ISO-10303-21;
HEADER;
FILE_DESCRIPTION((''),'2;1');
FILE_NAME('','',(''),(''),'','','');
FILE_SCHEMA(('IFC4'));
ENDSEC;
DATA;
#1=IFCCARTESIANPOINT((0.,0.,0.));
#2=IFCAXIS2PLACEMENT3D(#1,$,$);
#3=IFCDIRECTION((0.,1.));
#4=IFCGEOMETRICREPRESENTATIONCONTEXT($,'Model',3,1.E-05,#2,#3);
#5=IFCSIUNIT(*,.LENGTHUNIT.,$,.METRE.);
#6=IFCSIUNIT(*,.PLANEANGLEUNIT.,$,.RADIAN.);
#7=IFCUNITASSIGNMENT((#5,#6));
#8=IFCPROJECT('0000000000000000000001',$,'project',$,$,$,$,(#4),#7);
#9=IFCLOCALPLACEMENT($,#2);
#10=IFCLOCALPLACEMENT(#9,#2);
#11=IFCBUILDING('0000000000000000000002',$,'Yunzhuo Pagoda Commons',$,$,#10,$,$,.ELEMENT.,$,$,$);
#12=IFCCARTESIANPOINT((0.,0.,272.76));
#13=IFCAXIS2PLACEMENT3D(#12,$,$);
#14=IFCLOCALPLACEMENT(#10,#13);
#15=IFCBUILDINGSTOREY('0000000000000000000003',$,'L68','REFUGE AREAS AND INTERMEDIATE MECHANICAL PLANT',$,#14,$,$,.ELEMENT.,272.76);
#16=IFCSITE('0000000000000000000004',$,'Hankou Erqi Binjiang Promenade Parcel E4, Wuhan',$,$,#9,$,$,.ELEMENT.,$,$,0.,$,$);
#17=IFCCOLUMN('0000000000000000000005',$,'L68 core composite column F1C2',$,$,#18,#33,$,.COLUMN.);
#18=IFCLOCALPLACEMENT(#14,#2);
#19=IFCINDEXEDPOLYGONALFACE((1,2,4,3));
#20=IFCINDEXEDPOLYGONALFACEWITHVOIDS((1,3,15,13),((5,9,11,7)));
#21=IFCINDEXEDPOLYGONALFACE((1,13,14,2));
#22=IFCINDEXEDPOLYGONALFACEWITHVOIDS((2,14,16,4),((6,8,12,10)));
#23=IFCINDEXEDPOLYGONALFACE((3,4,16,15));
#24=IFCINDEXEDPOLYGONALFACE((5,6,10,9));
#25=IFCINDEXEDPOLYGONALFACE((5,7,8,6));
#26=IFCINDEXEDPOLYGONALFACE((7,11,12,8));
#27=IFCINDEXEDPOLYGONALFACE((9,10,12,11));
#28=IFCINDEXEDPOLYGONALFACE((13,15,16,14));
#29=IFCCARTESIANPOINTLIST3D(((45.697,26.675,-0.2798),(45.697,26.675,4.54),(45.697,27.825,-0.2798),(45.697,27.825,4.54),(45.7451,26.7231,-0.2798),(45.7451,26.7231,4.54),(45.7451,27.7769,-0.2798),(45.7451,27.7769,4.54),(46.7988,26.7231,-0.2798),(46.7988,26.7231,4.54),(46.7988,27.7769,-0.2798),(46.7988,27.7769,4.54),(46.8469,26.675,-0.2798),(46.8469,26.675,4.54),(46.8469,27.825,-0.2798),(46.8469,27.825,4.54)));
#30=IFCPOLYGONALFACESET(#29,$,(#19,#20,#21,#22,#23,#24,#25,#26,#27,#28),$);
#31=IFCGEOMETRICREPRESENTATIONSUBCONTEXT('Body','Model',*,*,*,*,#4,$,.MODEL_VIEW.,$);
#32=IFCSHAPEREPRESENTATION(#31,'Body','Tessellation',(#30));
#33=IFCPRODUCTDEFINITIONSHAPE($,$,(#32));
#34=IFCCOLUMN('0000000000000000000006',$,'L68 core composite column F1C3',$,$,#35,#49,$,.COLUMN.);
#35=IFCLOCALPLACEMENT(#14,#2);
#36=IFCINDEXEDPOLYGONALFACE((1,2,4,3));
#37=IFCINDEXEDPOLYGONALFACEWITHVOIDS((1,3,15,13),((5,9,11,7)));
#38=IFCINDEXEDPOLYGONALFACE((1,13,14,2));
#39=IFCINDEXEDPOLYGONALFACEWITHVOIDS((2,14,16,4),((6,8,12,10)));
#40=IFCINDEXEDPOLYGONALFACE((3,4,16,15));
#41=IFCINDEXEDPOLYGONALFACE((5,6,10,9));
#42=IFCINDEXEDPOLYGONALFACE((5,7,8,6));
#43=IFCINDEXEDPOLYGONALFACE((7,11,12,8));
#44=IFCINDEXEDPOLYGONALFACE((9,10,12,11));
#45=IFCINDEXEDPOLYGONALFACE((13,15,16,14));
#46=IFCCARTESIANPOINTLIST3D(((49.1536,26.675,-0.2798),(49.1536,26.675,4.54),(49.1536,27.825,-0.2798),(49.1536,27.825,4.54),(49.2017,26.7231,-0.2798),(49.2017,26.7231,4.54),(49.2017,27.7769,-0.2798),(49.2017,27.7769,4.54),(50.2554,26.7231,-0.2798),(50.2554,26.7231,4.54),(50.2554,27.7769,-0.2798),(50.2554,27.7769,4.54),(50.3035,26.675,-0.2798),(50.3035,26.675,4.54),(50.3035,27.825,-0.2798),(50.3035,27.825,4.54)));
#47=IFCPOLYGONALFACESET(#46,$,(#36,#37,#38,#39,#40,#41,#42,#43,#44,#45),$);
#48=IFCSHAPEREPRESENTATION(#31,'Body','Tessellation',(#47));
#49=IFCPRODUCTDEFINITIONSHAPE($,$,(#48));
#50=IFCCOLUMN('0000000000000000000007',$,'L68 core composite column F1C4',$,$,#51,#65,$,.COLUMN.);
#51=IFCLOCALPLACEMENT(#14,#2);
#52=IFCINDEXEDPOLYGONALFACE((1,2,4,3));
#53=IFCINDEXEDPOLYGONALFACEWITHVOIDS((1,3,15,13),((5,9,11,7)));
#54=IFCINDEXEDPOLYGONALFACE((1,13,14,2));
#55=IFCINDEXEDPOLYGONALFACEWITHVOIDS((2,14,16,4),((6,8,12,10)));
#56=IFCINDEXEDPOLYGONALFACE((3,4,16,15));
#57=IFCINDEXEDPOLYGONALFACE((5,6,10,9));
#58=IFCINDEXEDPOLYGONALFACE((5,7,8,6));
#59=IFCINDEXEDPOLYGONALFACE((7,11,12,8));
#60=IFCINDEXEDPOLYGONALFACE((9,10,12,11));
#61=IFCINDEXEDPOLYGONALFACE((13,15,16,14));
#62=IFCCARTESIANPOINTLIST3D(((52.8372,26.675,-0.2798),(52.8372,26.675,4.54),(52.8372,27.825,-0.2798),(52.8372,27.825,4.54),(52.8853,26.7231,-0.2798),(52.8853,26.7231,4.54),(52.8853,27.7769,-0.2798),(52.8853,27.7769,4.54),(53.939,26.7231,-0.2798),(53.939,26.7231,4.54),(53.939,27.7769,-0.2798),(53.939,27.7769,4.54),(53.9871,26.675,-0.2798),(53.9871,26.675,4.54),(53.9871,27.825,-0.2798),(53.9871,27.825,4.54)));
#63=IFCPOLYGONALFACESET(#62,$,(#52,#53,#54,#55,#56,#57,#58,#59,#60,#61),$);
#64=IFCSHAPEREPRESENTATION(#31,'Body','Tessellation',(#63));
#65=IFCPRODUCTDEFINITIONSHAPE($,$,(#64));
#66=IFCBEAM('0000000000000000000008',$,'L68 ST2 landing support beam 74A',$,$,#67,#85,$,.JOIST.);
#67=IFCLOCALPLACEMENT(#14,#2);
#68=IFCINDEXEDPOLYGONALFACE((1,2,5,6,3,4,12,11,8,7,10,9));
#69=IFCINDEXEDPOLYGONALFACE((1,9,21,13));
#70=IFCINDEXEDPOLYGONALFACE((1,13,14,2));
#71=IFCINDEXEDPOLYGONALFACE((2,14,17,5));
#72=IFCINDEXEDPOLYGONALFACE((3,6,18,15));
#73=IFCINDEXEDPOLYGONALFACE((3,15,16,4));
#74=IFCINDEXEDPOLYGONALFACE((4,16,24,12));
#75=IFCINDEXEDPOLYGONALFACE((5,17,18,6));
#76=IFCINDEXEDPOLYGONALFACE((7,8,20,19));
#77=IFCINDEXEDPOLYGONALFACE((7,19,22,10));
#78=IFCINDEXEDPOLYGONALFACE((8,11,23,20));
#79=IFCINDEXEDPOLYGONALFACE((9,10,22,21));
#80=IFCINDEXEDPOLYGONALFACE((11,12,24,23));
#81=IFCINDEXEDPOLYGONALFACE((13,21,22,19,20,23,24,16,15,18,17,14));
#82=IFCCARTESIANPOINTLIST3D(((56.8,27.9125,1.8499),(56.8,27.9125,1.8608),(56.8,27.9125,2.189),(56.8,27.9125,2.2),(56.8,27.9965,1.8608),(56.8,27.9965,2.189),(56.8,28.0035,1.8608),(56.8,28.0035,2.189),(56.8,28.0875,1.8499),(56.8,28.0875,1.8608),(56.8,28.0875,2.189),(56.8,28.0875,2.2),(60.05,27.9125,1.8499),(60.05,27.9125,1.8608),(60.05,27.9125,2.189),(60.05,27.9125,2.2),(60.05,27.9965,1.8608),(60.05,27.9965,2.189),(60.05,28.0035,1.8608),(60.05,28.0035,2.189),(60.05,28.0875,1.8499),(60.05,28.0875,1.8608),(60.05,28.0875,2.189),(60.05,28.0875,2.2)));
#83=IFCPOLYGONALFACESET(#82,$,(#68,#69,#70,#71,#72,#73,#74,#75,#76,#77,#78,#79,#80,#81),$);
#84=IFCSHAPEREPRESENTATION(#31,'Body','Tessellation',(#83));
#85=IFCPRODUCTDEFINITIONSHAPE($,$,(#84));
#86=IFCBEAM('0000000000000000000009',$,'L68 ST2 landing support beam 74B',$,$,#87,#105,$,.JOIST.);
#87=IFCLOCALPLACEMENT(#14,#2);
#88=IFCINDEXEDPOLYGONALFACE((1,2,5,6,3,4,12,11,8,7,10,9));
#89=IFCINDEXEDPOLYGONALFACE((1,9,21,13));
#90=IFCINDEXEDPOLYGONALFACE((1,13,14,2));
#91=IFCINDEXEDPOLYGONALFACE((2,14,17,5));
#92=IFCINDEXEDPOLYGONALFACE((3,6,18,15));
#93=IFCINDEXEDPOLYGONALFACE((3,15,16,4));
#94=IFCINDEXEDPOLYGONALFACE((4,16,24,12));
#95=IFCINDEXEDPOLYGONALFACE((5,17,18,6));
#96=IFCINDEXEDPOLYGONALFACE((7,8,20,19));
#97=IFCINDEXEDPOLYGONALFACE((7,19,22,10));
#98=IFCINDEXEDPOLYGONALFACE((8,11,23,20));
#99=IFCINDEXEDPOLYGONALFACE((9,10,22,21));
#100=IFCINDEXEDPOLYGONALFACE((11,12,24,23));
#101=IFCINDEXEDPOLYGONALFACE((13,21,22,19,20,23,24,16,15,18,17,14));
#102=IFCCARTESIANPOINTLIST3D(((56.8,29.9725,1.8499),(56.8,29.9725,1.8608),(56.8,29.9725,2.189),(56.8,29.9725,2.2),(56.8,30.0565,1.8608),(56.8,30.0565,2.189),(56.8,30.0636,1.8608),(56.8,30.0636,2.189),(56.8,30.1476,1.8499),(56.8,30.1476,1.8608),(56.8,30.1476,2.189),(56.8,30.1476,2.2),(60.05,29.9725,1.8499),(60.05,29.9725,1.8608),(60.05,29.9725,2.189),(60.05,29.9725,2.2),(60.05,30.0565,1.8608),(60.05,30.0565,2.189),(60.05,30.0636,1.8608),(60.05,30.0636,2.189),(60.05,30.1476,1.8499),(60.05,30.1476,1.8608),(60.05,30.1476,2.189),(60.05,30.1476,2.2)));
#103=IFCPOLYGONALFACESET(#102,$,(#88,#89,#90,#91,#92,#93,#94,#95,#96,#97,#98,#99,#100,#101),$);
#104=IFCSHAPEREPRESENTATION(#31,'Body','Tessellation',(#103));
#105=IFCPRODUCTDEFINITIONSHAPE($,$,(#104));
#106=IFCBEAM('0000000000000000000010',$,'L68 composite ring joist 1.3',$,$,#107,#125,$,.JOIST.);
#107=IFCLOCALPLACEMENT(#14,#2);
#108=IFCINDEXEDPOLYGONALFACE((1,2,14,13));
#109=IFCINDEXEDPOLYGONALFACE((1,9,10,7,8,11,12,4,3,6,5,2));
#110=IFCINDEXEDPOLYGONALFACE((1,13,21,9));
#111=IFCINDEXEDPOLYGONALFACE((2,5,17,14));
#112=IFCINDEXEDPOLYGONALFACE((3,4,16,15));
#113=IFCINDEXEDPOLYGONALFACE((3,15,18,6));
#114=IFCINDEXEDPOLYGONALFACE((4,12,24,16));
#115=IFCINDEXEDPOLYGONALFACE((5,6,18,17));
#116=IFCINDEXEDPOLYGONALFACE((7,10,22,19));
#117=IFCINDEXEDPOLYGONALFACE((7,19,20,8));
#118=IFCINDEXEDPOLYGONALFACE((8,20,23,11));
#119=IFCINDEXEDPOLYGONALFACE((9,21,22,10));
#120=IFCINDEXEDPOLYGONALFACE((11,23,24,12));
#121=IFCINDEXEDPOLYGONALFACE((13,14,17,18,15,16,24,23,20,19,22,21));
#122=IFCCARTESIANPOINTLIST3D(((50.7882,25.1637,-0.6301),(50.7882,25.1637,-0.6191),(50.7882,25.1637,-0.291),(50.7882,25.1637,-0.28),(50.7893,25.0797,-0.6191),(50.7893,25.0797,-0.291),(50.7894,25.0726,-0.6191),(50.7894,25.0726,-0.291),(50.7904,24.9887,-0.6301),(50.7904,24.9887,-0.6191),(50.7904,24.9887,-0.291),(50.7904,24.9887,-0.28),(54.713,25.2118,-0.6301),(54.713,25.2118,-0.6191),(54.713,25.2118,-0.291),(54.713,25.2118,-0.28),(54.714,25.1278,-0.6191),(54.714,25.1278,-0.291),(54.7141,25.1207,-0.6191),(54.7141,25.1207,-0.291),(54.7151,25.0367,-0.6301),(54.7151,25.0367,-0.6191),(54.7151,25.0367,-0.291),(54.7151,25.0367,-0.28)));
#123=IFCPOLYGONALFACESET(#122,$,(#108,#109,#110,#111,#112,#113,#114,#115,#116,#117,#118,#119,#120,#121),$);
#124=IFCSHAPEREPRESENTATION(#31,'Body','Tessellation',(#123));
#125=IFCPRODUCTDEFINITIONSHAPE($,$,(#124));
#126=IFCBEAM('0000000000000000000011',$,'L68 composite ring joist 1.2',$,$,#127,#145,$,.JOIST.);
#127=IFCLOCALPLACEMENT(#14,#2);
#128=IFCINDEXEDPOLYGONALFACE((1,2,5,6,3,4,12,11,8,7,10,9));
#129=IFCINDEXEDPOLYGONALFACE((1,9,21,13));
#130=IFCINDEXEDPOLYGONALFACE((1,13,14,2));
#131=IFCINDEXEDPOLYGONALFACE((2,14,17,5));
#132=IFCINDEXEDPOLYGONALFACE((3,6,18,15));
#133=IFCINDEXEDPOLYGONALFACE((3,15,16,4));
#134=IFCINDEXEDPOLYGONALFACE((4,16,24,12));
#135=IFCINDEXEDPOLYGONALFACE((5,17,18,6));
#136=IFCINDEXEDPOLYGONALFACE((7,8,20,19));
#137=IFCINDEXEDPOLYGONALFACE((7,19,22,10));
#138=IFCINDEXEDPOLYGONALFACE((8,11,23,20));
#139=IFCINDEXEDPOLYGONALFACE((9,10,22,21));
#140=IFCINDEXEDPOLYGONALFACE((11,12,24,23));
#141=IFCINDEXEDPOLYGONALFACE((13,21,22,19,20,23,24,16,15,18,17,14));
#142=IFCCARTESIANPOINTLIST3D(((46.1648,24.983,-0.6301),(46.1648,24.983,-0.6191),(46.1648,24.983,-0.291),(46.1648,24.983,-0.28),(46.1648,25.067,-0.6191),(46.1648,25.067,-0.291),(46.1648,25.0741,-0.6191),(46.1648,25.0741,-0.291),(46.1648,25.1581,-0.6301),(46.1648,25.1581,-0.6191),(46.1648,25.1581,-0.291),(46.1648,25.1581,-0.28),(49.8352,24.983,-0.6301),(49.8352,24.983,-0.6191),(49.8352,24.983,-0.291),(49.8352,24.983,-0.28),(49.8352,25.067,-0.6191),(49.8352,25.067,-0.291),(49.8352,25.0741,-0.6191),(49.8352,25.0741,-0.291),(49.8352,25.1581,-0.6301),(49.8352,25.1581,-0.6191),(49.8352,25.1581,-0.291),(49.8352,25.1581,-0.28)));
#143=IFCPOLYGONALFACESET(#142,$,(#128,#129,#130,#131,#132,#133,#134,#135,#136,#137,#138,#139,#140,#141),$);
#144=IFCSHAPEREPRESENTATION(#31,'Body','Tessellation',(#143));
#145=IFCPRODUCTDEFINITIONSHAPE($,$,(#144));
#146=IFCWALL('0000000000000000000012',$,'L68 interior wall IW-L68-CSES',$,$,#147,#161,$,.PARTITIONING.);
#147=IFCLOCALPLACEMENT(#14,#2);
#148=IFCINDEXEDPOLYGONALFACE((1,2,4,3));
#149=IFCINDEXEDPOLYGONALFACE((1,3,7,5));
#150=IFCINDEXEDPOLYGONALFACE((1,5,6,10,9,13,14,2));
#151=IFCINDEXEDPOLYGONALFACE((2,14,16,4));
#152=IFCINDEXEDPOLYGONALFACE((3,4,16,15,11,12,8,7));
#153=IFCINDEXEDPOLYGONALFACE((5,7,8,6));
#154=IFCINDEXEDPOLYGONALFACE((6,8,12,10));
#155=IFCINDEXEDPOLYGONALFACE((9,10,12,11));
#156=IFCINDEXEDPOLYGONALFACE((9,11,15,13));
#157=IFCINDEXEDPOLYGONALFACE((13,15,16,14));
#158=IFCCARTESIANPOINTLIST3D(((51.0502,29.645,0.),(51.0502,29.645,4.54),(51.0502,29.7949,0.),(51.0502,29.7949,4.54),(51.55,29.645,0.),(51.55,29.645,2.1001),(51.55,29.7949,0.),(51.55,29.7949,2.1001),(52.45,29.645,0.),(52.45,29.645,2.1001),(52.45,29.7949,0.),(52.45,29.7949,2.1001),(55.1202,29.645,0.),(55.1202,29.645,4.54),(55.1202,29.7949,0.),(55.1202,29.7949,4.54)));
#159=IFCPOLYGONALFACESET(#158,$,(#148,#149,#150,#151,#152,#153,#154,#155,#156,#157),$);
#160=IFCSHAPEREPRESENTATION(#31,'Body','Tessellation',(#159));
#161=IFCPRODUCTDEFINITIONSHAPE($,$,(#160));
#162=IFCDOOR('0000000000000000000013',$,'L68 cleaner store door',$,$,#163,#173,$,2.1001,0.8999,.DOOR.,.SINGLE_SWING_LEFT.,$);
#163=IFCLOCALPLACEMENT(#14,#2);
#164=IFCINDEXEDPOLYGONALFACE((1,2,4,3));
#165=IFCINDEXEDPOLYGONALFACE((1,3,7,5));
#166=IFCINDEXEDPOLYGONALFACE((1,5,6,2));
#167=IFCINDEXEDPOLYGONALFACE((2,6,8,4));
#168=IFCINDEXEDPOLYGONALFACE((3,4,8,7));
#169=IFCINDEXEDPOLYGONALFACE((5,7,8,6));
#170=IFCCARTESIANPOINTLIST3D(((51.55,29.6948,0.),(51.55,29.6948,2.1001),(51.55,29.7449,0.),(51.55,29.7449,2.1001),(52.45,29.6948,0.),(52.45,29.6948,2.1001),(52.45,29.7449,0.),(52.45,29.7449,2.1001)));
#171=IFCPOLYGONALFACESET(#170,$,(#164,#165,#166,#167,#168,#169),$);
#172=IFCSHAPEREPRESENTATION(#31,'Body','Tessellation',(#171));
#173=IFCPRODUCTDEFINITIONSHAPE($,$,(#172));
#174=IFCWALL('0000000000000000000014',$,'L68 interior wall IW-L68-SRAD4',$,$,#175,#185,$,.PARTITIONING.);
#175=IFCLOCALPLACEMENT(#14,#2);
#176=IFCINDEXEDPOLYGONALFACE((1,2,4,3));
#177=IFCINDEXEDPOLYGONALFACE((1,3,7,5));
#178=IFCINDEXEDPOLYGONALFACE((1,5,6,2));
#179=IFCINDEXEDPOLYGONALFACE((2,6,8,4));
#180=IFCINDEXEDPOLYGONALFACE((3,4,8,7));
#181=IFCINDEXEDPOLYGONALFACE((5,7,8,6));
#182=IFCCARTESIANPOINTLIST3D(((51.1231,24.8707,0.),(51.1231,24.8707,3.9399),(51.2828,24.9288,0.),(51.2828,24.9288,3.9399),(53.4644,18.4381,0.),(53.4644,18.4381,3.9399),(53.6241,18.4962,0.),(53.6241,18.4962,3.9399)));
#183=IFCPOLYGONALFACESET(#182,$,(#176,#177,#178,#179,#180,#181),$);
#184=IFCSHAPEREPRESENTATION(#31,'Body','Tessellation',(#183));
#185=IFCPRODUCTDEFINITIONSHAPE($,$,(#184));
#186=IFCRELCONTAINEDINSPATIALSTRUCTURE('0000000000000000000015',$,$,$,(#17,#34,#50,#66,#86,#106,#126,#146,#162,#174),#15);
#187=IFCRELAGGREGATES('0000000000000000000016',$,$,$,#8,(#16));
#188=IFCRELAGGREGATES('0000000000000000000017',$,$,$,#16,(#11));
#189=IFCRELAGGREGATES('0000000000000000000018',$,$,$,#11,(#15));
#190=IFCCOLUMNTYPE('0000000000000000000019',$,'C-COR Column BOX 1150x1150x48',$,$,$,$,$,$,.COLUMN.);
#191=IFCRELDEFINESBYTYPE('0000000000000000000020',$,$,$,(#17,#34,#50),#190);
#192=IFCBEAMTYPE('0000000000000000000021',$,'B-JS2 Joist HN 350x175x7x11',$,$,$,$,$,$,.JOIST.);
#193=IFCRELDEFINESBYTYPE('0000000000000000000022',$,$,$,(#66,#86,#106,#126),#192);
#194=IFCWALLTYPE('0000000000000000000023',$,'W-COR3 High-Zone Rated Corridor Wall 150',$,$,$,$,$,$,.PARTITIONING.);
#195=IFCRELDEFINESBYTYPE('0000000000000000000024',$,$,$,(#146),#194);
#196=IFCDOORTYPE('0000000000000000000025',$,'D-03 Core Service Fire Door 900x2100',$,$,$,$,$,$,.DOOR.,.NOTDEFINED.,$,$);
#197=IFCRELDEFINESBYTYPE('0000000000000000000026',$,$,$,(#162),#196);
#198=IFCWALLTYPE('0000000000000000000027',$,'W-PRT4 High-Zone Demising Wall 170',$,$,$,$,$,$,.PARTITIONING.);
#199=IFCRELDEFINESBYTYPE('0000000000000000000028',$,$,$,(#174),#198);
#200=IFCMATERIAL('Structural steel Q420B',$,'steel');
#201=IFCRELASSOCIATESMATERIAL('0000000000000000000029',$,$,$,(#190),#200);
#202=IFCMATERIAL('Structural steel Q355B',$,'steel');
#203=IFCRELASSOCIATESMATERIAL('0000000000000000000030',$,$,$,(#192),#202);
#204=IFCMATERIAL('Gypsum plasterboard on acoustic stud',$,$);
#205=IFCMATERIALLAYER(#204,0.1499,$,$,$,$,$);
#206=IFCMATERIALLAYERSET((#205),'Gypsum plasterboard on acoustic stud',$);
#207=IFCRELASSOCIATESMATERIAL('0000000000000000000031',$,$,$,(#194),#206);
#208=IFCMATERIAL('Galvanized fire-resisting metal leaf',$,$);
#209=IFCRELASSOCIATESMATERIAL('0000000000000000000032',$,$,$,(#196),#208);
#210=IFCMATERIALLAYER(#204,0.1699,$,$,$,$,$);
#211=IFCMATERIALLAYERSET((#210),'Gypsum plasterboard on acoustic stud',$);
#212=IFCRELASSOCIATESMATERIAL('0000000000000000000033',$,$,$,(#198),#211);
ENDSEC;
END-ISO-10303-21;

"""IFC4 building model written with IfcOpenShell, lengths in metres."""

from ifc_helpers import new_model, si_unit, direction, frame, frame_2d, origin, origin_with_axes, origin_2d, place, context, subcontext, project, spatial, rectangle, hollow_rectangle, i_section, extrude, source, transform, mapped, material, layer, layer_set, material_profile, profile_set, type_object, element, fill, save


model = new_model("IFC4")

# Units and contexts
model_context = context("Model", 3, precision=1e-05, world=origin(), true_north=direction((0.0, 1.0)))
body_context = subcontext(model_context, "Body", "Model", "MODEL_VIEW")
ifc_project = project(units=[si_unit("LENGTHUNIT", "METRE"), si_unit("PLANEANGLEUNIT", "RADIAN")], contexts=[model_context])

# Site, building, storey
site_placement = place(None, origin())
site = spatial("IfcSite", under=ifc_project, at=site_placement, Name="Hankou Erqi Binjiang Promenade Parcel E4, Wuhan", CompositionType="ELEMENT", RefElevation=0.0)
building_placement = place(site_placement, origin())
building = spatial("IfcBuilding", under=site, at=building_placement, Name="Yunzhuo Pagoda Commons", CompositionType="ELEMENT")
storey_placement = place(building_placement, frame((0.0, 0.0, 272.76)))
storey = spatial("IfcBuildingStorey", under=building, at=storey_placement, Name="L68", Description="REFUGE AREAS AND INTERMEDIATE MECHANICAL PLANT", CompositionType="ELEMENT", Elevation=272.76)

# Columns
ifc_material_1 = material(Name="Structural steel Q420B", Category="steel")
ifc_material_profile_1 = material_profile(ifc_material_1, hollow_rectangle(XDim=1.1499, YDim=1.1499, WallThickness=0.0481, at=origin_2d()), Name="Structural steel Q420B")
ifc_profile_set_1 = profile_set([ifc_material_profile_1], Name="Structural steel Q420B")
column_type = type_object("IfcColumnType", Name="C-COR Column BOX 1150x1150x48", PredefinedType="COLUMN", material=ifc_profile_set_1)
shared_shape_1 = source(origin(), body_context, "Body", "SweptSolid", [
    extrude(hollow_rectangle(XDim=1.1499, YDim=1.1499, WallThickness=0.0481, at=origin_2d()), origin(), (0.0, 0.0, 1.0), 4.8198),
])
for number, where, z_axis, x_axis, name in (
    (1, (46.272, 27.25, -0.2798), (0.0, 0.0, 1.0), (1.0, 0.0, 0.0), "L68 core composite column F1C2"),
    (2, (49.7285, 27.25, -0.2798), (0.0, 0.0, 1.0), (1.0, 0.0, 0.0), "L68 core composite column F1C3"),
    (3, (53.4121, 27.25, -0.2798), (0.0, 0.0, 1.0), (1.0, 0.0, 0.0), "L68 core composite column F1C4"),
):
    element("IfcColumn", number, at=place(storey_placement, frame(where, z_axis=z_axis, x_axis=x_axis)), inside=storey, type_object=column_type, Name=name, PredefinedType="COLUMN", context=body_context, shape_type="MappedRepresentation", body=[
        mapped(shared_shape_1, transform((0.0, 0.0, 0.0), scale=1.0)),
    ])

# Beams
ifc_material_2 = material(Name="Structural steel Q355B", Category="steel")
ifc_material_profile_2 = material_profile(ifc_material_2, i_section(OverallWidth=0.175, OverallDepth=0.3501, WebThickness=0.0071, FlangeThickness=0.011, at=origin_2d()), Name="Structural steel Q355B")
ifc_profile_set_2 = profile_set([ifc_material_profile_2], Name="Structural steel Q355B")
beam_type = type_object("IfcBeamType", Name="B-JS2 Joist HN 350x175x7x11", PredefinedType="JOIST", material=ifc_profile_set_2)
shared_shape_2 = source(origin(), body_context, "Body", "SweptSolid", [
    extrude(i_section(OverallWidth=0.175, OverallDepth=0.3501, WebThickness=0.0071, FlangeThickness=0.011, at=origin_2d()), origin(), (0.0, 0.0, 1.0), 3.25),
])
for number, where, z_axis, x_axis, name in (
    (4, (56.8, 28.0, 2.0249), (1.0, 0.0, 0.0), (0.0, 1.0, 0.0), "L68 ST2 landing support beam 74A"),
    (5, (56.8, 30.0601, 2.0249), (1.0, 0.0, 0.0), (0.0, 1.0, 0.0), "L68 ST2 landing support beam 74B"),
):
    element("IfcBeam", number, at=place(storey_placement, frame(where, z_axis=z_axis, x_axis=x_axis)), inside=storey, type_object=beam_type, Name=name, PredefinedType="JOIST", context=body_context, shape_type="MappedRepresentation", body=[
        mapped(shared_shape_2, transform((0.0, 0.0, 0.0), scale=1.0)),
    ])
shared_shape_3 = source(origin(), body_context, "Body", "SweptSolid", [
    extrude(i_section(OverallWidth=0.175, OverallDepth=0.3501, WebThickness=0.0071, FlangeThickness=0.011, at=origin_2d()), origin(), (0.0, 0.0, 1.0), 3.925),
])
beam_1_placement = place(storey_placement, frame((50.7893, 25.0762, -0.4551), z_axis=(0.999925, 0.012253, 0.0), x_axis=(-0.012253, 0.999925, 0.0)))
element("IfcBeam", 6, at=beam_1_placement, inside=storey, type_object=beam_type, Name="L68 composite ring joist 1.3", PredefinedType="JOIST", context=body_context, shape_type="MappedRepresentation", body=[
    mapped(shared_shape_3, transform((0.0, 0.0, 0.0), scale=1.0)),
])
shared_shape_4 = source(origin(), body_context, "Body", "SweptSolid", [
    extrude(i_section(OverallWidth=0.175, OverallDepth=0.3501, WebThickness=0.0071, FlangeThickness=0.011, at=origin_2d()), origin(), (0.0, 0.0, 1.0), 3.6704),
])
beam_2_placement = place(storey_placement, frame((46.1648, 25.0706, -0.4551), z_axis=(1.0, 0.0, 0.0), x_axis=(0.0, 1.0, 0.0)))
element("IfcBeam", 7, at=beam_2_placement, inside=storey, type_object=beam_type, Name="L68 composite ring joist 1.2", PredefinedType="JOIST", context=body_context, shape_type="MappedRepresentation", body=[
    mapped(shared_shape_4, transform((0.0, 0.0, 0.0), scale=1.0)),
])

# Wall, opening, door
ifc_material_3 = material(Name="Gypsum plasterboard on acoustic stud")
ifc_layer_1 = layer(ifc_material_3, 0.1499)
ifc_layer_set_1 = layer_set([ifc_layer_1], Name="Gypsum plasterboard on acoustic stud")
wall_type_1 = type_object("IfcWallType", Name="W-COR3 High-Zone Rated Corridor Wall 150", PredefinedType="PARTITIONING", material=ifc_layer_set_1)
wall_1_placement = place(storey_placement, frame((51.05, 29.72, 0.0), z_axis=(0.0, 0.0, 1.0), x_axis=(1.0, 0.0, 0.0)))
wall_1 = element("IfcWall", 8, at=wall_1_placement, inside=storey, type_object=wall_type_1, Name="L68 interior wall IW-L68-CSES", PredefinedType="PARTITIONING", context=body_context, shape_type="SweptSolid", body=[
    extrude(rectangle(XDim=4.0701, YDim=0.1499, at=frame_2d((2.0352, 0.0))), origin(), (0.0, 0.0, 1.0), 4.54),
])
opening_1_placement = place(wall_1_placement, frame((0.5, 0.0, 0.0)))
opening_1 = element("IfcOpeningElement", 9, at=opening_1_placement, cuts=wall_1, PredefinedType="OPENING", context=body_context, shape_type="SweptSolid", body=[
    extrude(rectangle(XDim=0.8999, YDim=2.1001, at=frame_2d((0.45, 1.05))), frame((0.0, 0.085, 0.0), z_axis=(0.0, -1.0, 0.0), x_axis=(1.0, 0.0, 0.0)), (0.0, 0.0, 1.0), 0.1699),
])
ifc_material_4 = material(Name="Galvanized fire-resisting metal leaf")
door_type_1 = type_object("IfcDoorType", Name="D-03 Core Service Fire Door 900x2100", OperationType="NOTDEFINED", PredefinedType="DOOR", material=ifc_material_4)
shared_shape_5 = source(origin(), body_context, "Body", "SweptSolid", [
    extrude(rectangle(XDim=0.8999, YDim=2.1001, at=frame_2d((0.45, 1.05))), frame((0.0, 0.0249, 0.0), z_axis=(0.0, -1.0, 0.0), x_axis=(1.0, 0.0, 0.0)), (0.0, 0.0, 1.0), 0.05),
])
door_1_placement = place(opening_1_placement, origin_with_axes())
door_1 = element("IfcDoor", 10, at=door_1_placement, inside=storey, type_object=door_type_1, Name="L68 cleaner store door", OperationType="SINGLE_SWING_LEFT", OverallHeight=2.1001, OverallWidth=0.8999, PredefinedType="DOOR", context=body_context, shape_type="MappedRepresentation", body=[
    mapped(shared_shape_5, transform((0.0, 0.0, 0.0), scale=1.0)),
])
fill(opening_1, door_1)

# Wall
ifc_layer_2 = layer(ifc_material_3, 0.1699)
ifc_layer_set_2 = layer_set([ifc_layer_2], Name="Gypsum plasterboard on acoustic stud")
wall_type_2 = type_object("IfcWallType", Name="W-PRT4 High-Zone Demising Wall 170", PredefinedType="PARTITIONING", material=ifc_layer_set_2)
wall_2_placement = place(storey_placement, frame((51.2029, 24.8999, 0.0), z_axis=(0.0, 0.0, 1.0), x_axis=(0.342024, -0.939691, 0.0)))
element("IfcWall", 11, at=wall_2_placement, inside=storey, type_object=wall_type_2, Name="L68 interior wall IW-L68-SRAD4", PredefinedType="PARTITIONING", context=body_context, shape_type="SweptSolid", body=[
    extrude(rectangle(XDim=6.8455, YDim=0.1699, at=frame_2d((3.4229, 0.0))), origin(), (0.0, 0.0, 1.0), 3.9399),
])

save(model, "model.ifc")
